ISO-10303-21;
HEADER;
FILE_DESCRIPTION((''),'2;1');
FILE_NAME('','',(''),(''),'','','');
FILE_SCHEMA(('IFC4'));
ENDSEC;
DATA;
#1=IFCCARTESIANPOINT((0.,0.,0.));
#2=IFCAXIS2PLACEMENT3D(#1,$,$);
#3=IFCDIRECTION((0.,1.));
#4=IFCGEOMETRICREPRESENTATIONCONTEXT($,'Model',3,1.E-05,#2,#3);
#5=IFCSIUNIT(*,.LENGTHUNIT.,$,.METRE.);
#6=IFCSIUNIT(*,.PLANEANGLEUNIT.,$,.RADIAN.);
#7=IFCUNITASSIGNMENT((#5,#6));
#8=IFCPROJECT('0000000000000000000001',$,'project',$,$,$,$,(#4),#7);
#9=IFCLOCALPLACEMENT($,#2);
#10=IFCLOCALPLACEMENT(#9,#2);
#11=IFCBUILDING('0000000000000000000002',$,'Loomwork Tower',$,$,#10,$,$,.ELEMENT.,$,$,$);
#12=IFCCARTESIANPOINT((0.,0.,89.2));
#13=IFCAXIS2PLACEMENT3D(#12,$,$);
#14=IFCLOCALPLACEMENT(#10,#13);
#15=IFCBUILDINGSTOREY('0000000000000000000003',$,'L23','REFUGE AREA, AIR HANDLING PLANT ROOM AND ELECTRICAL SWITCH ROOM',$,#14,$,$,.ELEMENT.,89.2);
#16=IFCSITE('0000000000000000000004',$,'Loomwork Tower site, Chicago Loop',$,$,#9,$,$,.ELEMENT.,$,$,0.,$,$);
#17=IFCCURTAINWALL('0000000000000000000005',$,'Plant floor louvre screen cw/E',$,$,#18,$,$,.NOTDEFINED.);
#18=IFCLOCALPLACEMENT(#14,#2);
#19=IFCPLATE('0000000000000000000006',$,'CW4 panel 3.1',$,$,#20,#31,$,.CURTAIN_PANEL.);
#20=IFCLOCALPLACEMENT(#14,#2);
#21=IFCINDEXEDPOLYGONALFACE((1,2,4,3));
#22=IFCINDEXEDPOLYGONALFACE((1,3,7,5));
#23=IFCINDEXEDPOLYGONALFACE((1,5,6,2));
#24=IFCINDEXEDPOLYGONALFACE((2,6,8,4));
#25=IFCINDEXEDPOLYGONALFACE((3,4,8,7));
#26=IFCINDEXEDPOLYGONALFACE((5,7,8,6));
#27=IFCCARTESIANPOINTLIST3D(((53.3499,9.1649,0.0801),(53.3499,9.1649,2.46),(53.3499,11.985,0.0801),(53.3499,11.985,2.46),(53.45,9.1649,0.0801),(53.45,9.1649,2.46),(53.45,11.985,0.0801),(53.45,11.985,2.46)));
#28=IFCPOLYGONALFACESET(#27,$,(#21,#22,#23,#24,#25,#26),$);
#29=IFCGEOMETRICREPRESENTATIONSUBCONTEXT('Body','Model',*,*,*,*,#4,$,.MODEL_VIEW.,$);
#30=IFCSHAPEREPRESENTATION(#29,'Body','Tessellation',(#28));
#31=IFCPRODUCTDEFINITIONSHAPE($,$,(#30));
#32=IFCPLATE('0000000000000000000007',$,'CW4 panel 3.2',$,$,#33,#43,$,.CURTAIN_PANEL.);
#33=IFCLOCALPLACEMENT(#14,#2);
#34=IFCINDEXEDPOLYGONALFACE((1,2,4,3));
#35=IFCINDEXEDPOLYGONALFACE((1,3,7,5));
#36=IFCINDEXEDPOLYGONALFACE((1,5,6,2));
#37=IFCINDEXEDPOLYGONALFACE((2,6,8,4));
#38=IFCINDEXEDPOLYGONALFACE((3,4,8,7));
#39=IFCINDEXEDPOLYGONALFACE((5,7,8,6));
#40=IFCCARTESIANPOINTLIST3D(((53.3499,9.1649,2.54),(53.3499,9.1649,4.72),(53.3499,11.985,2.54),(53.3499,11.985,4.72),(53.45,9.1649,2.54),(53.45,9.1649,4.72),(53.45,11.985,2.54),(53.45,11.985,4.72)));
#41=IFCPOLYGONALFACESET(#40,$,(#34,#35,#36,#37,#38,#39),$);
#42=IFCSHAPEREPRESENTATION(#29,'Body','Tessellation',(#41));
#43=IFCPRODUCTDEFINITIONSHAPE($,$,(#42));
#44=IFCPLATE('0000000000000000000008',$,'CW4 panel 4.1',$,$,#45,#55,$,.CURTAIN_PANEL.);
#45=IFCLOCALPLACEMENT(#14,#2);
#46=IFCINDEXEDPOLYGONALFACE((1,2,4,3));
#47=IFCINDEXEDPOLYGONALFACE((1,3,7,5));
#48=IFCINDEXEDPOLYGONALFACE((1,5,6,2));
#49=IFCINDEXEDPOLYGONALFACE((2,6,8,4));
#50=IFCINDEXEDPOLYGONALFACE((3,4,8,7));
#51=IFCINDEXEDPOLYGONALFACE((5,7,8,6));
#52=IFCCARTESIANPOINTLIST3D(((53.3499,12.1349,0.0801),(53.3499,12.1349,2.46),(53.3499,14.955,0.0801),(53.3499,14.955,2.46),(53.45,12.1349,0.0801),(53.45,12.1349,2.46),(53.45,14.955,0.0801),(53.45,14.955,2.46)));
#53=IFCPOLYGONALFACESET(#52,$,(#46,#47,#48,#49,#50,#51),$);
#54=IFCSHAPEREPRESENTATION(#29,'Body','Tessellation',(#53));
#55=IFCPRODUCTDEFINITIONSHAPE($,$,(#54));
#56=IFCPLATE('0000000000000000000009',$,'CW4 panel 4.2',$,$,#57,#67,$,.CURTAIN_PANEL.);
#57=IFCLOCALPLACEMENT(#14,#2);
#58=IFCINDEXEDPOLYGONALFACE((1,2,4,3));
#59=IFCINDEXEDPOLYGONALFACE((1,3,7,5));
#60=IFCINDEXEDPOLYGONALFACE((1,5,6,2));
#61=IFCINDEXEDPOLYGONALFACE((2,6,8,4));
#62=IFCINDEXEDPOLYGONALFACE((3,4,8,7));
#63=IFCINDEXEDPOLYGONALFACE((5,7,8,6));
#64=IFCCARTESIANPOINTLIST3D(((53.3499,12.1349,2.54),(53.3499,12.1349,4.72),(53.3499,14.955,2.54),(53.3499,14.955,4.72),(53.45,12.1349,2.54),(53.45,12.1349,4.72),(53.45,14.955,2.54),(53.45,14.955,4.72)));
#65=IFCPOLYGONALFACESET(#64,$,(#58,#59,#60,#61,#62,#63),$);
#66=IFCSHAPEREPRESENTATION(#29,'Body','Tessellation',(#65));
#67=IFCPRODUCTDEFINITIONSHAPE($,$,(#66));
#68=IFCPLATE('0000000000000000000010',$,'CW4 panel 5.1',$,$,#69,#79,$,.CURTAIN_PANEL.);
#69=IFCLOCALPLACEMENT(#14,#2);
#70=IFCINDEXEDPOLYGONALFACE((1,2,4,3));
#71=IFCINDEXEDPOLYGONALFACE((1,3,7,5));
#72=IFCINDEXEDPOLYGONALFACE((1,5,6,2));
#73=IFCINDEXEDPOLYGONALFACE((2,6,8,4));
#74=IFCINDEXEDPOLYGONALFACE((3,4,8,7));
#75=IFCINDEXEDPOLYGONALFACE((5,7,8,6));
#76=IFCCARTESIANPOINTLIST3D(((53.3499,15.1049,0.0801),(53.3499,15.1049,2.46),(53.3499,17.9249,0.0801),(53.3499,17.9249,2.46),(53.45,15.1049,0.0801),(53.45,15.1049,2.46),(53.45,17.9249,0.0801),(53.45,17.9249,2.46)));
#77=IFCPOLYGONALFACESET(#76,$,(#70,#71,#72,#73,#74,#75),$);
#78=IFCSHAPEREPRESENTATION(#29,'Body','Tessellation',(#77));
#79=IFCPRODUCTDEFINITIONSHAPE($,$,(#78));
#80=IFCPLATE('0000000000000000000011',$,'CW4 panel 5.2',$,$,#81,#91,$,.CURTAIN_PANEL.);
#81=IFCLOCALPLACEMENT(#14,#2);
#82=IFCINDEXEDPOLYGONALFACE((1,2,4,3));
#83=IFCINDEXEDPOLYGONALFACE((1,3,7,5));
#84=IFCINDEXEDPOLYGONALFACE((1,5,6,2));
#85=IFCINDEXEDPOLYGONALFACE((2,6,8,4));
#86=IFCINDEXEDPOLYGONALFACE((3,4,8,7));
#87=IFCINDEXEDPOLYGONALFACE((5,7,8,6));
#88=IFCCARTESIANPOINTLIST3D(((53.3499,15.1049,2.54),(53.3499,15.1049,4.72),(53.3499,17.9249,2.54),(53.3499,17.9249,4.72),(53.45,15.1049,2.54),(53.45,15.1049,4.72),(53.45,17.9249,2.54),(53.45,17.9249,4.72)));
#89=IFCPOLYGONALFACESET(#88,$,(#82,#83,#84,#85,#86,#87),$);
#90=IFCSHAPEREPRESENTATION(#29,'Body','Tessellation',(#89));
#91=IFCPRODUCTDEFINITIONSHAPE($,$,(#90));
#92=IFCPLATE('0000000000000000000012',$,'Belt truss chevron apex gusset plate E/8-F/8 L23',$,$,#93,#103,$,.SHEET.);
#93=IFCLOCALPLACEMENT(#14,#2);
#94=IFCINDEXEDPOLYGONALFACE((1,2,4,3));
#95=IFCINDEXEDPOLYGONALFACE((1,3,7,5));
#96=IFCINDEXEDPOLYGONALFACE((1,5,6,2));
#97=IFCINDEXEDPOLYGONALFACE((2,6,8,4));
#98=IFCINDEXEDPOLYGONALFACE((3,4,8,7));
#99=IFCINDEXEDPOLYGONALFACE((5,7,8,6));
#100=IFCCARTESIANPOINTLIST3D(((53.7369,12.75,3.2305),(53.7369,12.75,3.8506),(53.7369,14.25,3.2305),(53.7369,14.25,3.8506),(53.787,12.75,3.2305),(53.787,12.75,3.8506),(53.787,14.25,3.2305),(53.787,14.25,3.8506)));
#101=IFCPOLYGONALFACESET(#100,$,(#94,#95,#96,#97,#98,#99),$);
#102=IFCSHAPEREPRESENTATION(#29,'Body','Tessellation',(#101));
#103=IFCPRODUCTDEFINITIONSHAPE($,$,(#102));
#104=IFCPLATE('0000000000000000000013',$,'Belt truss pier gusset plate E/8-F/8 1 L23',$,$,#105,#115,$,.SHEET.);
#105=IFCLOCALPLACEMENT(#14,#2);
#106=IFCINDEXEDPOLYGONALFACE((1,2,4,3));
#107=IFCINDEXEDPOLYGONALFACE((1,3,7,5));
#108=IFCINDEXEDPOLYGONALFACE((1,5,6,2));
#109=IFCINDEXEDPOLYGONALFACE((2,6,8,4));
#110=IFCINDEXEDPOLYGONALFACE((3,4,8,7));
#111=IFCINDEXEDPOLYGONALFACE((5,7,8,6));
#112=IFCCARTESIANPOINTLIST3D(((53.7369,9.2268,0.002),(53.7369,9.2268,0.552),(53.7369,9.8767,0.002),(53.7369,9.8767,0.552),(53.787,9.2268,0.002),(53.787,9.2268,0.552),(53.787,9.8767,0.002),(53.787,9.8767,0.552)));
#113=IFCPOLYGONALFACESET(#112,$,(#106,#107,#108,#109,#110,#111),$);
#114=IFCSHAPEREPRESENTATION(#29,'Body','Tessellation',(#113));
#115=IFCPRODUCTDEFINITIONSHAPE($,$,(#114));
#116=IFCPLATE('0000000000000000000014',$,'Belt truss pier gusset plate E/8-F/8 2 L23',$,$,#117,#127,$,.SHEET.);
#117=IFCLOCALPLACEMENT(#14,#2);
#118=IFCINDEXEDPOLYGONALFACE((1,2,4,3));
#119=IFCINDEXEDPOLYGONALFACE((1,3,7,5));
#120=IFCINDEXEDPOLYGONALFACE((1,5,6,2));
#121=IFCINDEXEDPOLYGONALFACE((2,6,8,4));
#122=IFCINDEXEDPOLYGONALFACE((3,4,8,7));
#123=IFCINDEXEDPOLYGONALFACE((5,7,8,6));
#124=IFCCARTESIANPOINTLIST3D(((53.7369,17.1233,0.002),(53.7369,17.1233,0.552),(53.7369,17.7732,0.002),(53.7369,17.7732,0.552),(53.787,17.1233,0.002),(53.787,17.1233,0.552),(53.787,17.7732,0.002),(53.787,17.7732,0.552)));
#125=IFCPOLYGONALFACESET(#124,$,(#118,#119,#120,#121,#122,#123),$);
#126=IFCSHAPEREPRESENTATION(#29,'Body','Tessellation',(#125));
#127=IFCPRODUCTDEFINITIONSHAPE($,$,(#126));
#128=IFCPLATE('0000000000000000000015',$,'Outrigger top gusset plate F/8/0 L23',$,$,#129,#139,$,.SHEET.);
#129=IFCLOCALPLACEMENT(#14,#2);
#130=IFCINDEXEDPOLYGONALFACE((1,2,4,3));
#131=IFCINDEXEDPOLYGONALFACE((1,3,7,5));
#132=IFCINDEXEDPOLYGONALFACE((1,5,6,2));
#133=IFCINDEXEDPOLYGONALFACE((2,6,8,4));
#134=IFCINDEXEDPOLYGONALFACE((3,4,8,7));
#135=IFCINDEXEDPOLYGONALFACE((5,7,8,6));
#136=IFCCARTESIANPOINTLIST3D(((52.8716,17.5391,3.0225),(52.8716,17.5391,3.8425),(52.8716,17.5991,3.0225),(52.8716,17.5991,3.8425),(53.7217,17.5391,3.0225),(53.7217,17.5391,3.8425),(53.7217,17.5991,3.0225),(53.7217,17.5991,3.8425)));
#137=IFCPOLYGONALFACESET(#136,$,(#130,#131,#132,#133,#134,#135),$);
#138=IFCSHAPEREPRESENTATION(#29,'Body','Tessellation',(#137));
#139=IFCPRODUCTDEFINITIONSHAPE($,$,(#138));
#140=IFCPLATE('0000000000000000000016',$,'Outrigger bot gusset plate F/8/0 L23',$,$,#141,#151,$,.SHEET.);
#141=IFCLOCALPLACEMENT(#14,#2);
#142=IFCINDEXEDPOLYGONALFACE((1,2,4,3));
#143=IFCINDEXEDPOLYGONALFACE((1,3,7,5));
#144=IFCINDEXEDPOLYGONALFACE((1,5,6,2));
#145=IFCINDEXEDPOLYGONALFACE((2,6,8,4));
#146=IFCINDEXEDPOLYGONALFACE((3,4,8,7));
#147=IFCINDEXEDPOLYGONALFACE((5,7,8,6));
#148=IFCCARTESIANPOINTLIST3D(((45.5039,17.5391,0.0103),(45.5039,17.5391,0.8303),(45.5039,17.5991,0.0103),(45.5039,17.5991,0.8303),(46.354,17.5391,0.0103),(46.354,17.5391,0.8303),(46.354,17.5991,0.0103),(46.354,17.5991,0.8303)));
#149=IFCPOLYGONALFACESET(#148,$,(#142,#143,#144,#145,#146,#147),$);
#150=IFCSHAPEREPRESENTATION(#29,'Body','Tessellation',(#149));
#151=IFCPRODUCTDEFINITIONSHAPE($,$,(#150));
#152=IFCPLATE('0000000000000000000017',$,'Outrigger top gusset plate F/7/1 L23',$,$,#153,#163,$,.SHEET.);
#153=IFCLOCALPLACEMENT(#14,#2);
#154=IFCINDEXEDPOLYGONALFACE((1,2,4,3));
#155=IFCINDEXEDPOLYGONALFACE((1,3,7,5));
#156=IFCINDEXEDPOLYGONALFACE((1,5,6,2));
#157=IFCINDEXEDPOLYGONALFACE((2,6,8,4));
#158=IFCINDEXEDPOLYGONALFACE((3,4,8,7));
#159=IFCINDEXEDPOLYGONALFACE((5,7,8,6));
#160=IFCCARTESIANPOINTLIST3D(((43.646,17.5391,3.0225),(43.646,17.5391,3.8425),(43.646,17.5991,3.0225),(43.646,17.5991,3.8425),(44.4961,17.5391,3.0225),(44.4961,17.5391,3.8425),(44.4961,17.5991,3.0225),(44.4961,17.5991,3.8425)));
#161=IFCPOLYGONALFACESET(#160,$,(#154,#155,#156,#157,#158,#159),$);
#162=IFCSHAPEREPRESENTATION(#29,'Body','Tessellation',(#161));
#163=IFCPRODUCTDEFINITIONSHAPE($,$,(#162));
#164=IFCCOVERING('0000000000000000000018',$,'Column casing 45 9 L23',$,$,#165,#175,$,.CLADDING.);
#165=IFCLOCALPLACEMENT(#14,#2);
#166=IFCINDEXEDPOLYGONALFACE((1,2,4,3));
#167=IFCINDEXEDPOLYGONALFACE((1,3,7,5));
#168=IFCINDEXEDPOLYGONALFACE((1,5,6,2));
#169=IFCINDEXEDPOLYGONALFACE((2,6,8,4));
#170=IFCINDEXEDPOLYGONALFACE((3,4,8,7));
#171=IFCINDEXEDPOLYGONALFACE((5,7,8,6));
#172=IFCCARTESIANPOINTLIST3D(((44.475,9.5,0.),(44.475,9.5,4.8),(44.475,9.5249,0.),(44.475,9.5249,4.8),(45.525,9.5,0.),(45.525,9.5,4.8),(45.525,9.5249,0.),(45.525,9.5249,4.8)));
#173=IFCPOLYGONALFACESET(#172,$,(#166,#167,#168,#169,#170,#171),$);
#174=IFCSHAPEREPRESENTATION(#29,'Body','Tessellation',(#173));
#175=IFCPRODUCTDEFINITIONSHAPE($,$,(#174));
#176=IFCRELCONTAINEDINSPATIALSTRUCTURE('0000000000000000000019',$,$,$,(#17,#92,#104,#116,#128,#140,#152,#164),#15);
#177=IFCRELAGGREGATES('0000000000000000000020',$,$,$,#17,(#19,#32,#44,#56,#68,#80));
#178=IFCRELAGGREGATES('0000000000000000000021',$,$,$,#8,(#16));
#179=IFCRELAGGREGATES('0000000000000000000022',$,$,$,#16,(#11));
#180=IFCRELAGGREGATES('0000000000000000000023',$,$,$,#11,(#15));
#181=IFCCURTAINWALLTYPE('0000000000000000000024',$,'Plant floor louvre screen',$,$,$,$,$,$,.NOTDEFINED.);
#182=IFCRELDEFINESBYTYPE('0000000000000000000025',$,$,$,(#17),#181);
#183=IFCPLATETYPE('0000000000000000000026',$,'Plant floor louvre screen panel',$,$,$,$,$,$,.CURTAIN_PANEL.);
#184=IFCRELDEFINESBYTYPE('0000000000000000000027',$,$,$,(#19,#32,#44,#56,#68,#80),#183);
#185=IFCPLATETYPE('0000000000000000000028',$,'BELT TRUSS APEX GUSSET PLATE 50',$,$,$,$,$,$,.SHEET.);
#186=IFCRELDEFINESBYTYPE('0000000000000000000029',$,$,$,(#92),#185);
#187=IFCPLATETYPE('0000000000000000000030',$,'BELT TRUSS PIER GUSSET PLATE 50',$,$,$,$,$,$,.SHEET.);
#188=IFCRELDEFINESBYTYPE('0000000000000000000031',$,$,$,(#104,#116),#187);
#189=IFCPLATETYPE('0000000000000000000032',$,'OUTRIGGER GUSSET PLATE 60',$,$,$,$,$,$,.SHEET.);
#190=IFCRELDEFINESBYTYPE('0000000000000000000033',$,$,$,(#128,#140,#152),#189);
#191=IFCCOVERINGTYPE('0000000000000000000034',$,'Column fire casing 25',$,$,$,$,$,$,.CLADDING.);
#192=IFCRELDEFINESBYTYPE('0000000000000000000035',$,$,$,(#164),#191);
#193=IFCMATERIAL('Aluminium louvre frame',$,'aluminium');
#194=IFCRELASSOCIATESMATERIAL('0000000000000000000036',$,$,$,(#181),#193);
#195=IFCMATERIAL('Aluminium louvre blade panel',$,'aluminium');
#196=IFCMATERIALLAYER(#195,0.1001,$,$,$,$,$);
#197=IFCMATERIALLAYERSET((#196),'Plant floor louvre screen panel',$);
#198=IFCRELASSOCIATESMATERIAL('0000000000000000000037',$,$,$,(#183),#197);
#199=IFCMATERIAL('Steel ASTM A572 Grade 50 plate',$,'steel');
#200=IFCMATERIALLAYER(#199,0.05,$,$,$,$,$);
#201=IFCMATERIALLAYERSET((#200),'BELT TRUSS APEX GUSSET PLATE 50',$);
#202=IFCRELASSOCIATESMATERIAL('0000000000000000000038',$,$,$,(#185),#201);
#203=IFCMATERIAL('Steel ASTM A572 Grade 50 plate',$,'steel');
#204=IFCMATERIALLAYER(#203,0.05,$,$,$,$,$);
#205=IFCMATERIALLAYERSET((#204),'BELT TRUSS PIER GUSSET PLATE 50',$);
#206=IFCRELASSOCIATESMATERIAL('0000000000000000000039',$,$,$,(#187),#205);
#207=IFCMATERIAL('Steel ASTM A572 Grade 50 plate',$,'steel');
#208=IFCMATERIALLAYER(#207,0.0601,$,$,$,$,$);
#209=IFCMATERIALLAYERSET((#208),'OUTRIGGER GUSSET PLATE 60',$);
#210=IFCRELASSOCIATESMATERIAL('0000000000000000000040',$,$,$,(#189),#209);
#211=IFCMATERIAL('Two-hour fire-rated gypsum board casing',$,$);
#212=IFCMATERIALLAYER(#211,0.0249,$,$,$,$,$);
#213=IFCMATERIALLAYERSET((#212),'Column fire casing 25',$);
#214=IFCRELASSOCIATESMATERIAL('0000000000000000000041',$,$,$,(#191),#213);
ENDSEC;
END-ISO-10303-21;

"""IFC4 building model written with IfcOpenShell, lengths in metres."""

from ifc_helpers import new_model, si_unit, direction, frame, origin, origin_2d, place, context, subcontext, project, spatial, rectangle, extrude, material, layer, layer_set, type_object, element, aggregate, save


model = new_model("IFC4")

# Units and contexts
model_context = context("Model", 3, precision=1e-05, world=origin(), true_north=direction((0.0, 1.0)))
body_context = subcontext(model_context, "Body", "Model", "MODEL_VIEW")
ifc_project = project(units=[si_unit("LENGTHUNIT", "METRE"), si_unit("PLANEANGLEUNIT", "RADIAN")], contexts=[model_context])

# Site, building, storey
site_placement = place(None, origin())
site = spatial("IfcSite", under=ifc_project, at=site_placement, Name="Loomwork Tower site, Chicago Loop", CompositionType="ELEMENT", RefElevation=0.0)
building_placement = place(site_placement, origin())
building = spatial("IfcBuilding", under=site, at=building_placement, Name="Loomwork Tower", CompositionType="ELEMENT")
storey_placement = place(building_placement, frame((0.0, 0.0, 89.2)))
storey = spatial("IfcBuildingStorey", under=building, at=storey_placement, Name="L23", Description="REFUGE AREA, AIR HANDLING PLANT ROOM AND ELECTRICAL SWITCH ROOM", CompositionType="ELEMENT", Elevation=89.2)

# Curtain wall, plates
ifc_material_1 = material(Name="Aluminium louvre frame", Category="aluminium")
curtain_wall_type = type_object("IfcCurtainWallType", Name="Plant floor louvre screen", PredefinedType="NOTDEFINED", material=ifc_material_1)
curtain_wall_placement = place(storey_placement, origin())
curtain_wall = element("IfcCurtainWall", 1, at=curtain_wall_placement, inside=storey, type_object=curtain_wall_type, Name="Plant floor louvre screen cw/E", PredefinedType="NOTDEFINED")
ifc_material_2 = material(Name="Aluminium louvre blade panel", Category="aluminium")
ifc_layer_1 = layer(ifc_material_2, 0.1001)
ifc_layer_set_1 = layer_set([ifc_layer_1], Name="Plant floor louvre screen panel")
plate_type_1 = type_object("IfcPlateType", Name="Plant floor louvre screen panel", PredefinedType="CURTAIN_PANEL", material=ifc_layer_set_1)
plate_1_placement = place(storey_placement, frame((53.3999, 10.575, 0.0801), z_axis=(0.0, 0.0, 1.0), x_axis=(0.0, 1.0, 0.0)))
plate_1 = element("IfcPlate", 2, at=plate_1_placement, type_object=plate_type_1, Name="CW4 panel 3.1", PredefinedType="CURTAIN_PANEL", context=body_context, shape_type="SweptSolid", body=[
    extrude(rectangle(XDim=2.8201, YDim=0.1001, at=origin_2d()), origin(), (0.0, 0.0, 1.0), 2.3799),
])
plate_2_placement = place(storey_placement, frame((53.3999, 10.575, 2.54), z_axis=(0.0, 0.0, 1.0), x_axis=(0.0, 1.0, 0.0)))
plate_2 = element("IfcPlate", 3, at=plate_2_placement, type_object=plate_type_1, Name="CW4 panel 3.2", PredefinedType="CURTAIN_PANEL", context=body_context, shape_type="SweptSolid", body=[
    extrude(rectangle(XDim=2.8201, YDim=0.1001, at=origin_2d()), origin(), (0.0, 0.0, 1.0), 2.1799),
])
plate_3_placement = place(storey_placement, frame((53.3999, 13.5449, 0.0801), z_axis=(0.0, 0.0, 1.0), x_axis=(0.0, 1.0, 0.0)))
plate_3 = element("IfcPlate", 4, at=plate_3_placement, type_object=plate_type_1, Name="CW4 panel 4.1", PredefinedType="CURTAIN_PANEL", context=body_context, shape_type="SweptSolid", body=[
    extrude(rectangle(XDim=2.8201, YDim=0.1001, at=origin_2d()), origin(), (0.0, 0.0, 1.0), 2.3799),
])
plate_4_placement = place(storey_placement, frame((53.3999, 13.5449, 2.54), z_axis=(0.0, 0.0, 1.0), x_axis=(0.0, 1.0, 0.0)))
plate_4 = element("IfcPlate", 5, at=plate_4_placement, type_object=plate_type_1, Name="CW4 panel 4.2", PredefinedType="CURTAIN_PANEL", context=body_context, shape_type="SweptSolid", body=[
    extrude(rectangle(XDim=2.8201, YDim=0.1001, at=origin_2d()), origin(), (0.0, 0.0, 1.0), 2.1799),
])
plate_5_placement = place(storey_placement, frame((53.3999, 16.5149, 0.0801), z_axis=(0.0, 0.0, 1.0), x_axis=(0.0, 1.0, 0.0)))
plate_5 = element("IfcPlate", 6, at=plate_5_placement, type_object=plate_type_1, Name="CW4 panel 5.1", PredefinedType="CURTAIN_PANEL", context=body_context, shape_type="SweptSolid", body=[
    extrude(rectangle(XDim=2.8201, YDim=0.1001, at=origin_2d()), origin(), (0.0, 0.0, 1.0), 2.3799),
])
plate_6_placement = place(storey_placement, frame((53.3999, 16.5149, 2.54), z_axis=(0.0, 0.0, 1.0), x_axis=(0.0, 1.0, 0.0)))
plate_6 = element("IfcPlate", 7, at=plate_6_placement, type_object=plate_type_1, Name="CW4 panel 5.2", PredefinedType="CURTAIN_PANEL", context=body_context, shape_type="SweptSolid", body=[
    extrude(rectangle(XDim=2.8201, YDim=0.1001, at=origin_2d()), origin(), (0.0, 0.0, 1.0), 2.1799),
])
aggregate(curtain_wall, [plate_1, plate_2, plate_3, plate_4, plate_5, plate_6])

# Plates
ifc_material_3 = material(Name="Steel ASTM A572 Grade 50 plate", Category="steel")
ifc_layer_2 = layer(ifc_material_3, 0.05)
ifc_layer_set_2 = layer_set([ifc_layer_2], Name="BELT TRUSS APEX GUSSET PLATE 50")
plate_type_2 = type_object("IfcPlateType", Name="BELT TRUSS APEX GUSSET PLATE 50", PredefinedType="SHEET", material=ifc_layer_set_2)
plate_7_placement = place(storey_placement, frame((53.762, 13.5, 3.2305), z_axis=(0.0, 0.0, 1.0), x_axis=(0.0, 1.0, 0.0)))
element("IfcPlate", 8, at=plate_7_placement, inside=storey, type_object=plate_type_2, Name="Belt truss chevron apex gusset plate E/8-F/8 L23", PredefinedType="SHEET", context=body_context, shape_type="SweptSolid", body=[
    extrude(rectangle(XDim=1.5, YDim=0.05, at=origin_2d()), origin(), (0.0, 0.0, 1.0), 0.6201),
])
ifc_material_4 = material(Name="Steel ASTM A572 Grade 50 plate", Category="steel")
ifc_layer_3 = layer(ifc_material_4, 0.05)
ifc_layer_set_3 = layer_set([ifc_layer_3], Name="BELT TRUSS PIER GUSSET PLATE 50")
plate_type_3 = type_object("IfcPlateType", Name="BELT TRUSS PIER GUSSET PLATE 50", PredefinedType="SHEET", material=ifc_layer_set_3)
for number, where, z_axis, x_axis, name in (
    (9, (53.762, 9.5518, 0.002), (0.0, 0.0, 1.0), (0.0, 1.0, 0.0), "Belt truss pier gusset plate E/8-F/8 1 L23"),
    (10, (53.762, 17.4482, 0.002), (0.0, 0.0, 1.0), (0.0, 1.0, 0.0), "Belt truss pier gusset plate E/8-F/8 2 L23"),
):
    element("IfcPlate", number, at=place(storey_placement, frame(where, z_axis=z_axis, x_axis=x_axis)), inside=storey, type_object=plate_type_3, Name=name, PredefinedType="SHEET", context=body_context, shape_type="SweptSolid", body=[
        extrude(rectangle(XDim=0.6499, YDim=0.05, at=origin_2d()), origin(), (0.0, 0.0, 1.0), 0.55),
    ])
ifc_material_5 = material(Name="Steel ASTM A572 Grade 50 plate", Category="steel")
ifc_layer_4 = layer(ifc_material_5, 0.0601)
ifc_layer_set_4 = layer_set([ifc_layer_4], Name="OUTRIGGER GUSSET PLATE 60")
plate_type_4 = type_object("IfcPlateType", Name="OUTRIGGER GUSSET PLATE 60", PredefinedType="SHEET", material=ifc_layer_set_4)
for number, where, z_axis, x_axis, name in (
    (11, (53.2966, 17.5691, 3.0225), (0.0, 0.0, 1.0), (1.0, 0.0, 0.0), "Outrigger top gusset plate F/8/0 L23"),
    (12, (45.929, 17.5691, 0.0103), (0.0, 0.0, 1.0), (1.0, 0.0, 0.0), "Outrigger bot gusset plate F/8/0 L23"),
    (13, (44.071, 17.5691, 3.0225), (0.0, 0.0, 1.0), (1.0, 0.0, 0.0), "Outrigger top gusset plate F/7/1 L23"),
):
    element("IfcPlate", number, at=place(storey_placement, frame(where, z_axis=z_axis, x_axis=x_axis)), inside=storey, type_object=plate_type_4, Name=name, PredefinedType="SHEET", context=body_context, shape_type="SweptSolid", body=[
        extrude(rectangle(XDim=0.8501, YDim=0.0601, at=origin_2d()), origin(), (0.0, 0.0, 1.0), 0.8201),
    ])

# Covering
ifc_material_6 = material(Name="Two-hour fire-rated gypsum board casing")
ifc_layer_5 = layer(ifc_material_6, 0.0249)
ifc_layer_set_5 = layer_set([ifc_layer_5], Name="Column fire casing 25")
covering_type = type_object("IfcCoveringType", Name="Column fire casing 25", PredefinedType="CLADDING", material=ifc_layer_set_5)
covering_placement = place(storey_placement, frame((45.0, 9.5125, 0.0), z_axis=(0.0, 0.0, 1.0), x_axis=(1.0, 0.0, 0.0)))
element("IfcCovering", 14, at=covering_placement, inside=storey, type_object=covering_type, Name="Column casing 45 9 L23", PredefinedType="CLADDING", context=body_context, shape_type="SweptSolid", body=[
    extrude(rectangle(XDim=1.05, YDim=0.0249, at=origin_2d()), origin(), (0.0, 0.0, 1.0), 4.8),
])

save(model, "model.ifc")
